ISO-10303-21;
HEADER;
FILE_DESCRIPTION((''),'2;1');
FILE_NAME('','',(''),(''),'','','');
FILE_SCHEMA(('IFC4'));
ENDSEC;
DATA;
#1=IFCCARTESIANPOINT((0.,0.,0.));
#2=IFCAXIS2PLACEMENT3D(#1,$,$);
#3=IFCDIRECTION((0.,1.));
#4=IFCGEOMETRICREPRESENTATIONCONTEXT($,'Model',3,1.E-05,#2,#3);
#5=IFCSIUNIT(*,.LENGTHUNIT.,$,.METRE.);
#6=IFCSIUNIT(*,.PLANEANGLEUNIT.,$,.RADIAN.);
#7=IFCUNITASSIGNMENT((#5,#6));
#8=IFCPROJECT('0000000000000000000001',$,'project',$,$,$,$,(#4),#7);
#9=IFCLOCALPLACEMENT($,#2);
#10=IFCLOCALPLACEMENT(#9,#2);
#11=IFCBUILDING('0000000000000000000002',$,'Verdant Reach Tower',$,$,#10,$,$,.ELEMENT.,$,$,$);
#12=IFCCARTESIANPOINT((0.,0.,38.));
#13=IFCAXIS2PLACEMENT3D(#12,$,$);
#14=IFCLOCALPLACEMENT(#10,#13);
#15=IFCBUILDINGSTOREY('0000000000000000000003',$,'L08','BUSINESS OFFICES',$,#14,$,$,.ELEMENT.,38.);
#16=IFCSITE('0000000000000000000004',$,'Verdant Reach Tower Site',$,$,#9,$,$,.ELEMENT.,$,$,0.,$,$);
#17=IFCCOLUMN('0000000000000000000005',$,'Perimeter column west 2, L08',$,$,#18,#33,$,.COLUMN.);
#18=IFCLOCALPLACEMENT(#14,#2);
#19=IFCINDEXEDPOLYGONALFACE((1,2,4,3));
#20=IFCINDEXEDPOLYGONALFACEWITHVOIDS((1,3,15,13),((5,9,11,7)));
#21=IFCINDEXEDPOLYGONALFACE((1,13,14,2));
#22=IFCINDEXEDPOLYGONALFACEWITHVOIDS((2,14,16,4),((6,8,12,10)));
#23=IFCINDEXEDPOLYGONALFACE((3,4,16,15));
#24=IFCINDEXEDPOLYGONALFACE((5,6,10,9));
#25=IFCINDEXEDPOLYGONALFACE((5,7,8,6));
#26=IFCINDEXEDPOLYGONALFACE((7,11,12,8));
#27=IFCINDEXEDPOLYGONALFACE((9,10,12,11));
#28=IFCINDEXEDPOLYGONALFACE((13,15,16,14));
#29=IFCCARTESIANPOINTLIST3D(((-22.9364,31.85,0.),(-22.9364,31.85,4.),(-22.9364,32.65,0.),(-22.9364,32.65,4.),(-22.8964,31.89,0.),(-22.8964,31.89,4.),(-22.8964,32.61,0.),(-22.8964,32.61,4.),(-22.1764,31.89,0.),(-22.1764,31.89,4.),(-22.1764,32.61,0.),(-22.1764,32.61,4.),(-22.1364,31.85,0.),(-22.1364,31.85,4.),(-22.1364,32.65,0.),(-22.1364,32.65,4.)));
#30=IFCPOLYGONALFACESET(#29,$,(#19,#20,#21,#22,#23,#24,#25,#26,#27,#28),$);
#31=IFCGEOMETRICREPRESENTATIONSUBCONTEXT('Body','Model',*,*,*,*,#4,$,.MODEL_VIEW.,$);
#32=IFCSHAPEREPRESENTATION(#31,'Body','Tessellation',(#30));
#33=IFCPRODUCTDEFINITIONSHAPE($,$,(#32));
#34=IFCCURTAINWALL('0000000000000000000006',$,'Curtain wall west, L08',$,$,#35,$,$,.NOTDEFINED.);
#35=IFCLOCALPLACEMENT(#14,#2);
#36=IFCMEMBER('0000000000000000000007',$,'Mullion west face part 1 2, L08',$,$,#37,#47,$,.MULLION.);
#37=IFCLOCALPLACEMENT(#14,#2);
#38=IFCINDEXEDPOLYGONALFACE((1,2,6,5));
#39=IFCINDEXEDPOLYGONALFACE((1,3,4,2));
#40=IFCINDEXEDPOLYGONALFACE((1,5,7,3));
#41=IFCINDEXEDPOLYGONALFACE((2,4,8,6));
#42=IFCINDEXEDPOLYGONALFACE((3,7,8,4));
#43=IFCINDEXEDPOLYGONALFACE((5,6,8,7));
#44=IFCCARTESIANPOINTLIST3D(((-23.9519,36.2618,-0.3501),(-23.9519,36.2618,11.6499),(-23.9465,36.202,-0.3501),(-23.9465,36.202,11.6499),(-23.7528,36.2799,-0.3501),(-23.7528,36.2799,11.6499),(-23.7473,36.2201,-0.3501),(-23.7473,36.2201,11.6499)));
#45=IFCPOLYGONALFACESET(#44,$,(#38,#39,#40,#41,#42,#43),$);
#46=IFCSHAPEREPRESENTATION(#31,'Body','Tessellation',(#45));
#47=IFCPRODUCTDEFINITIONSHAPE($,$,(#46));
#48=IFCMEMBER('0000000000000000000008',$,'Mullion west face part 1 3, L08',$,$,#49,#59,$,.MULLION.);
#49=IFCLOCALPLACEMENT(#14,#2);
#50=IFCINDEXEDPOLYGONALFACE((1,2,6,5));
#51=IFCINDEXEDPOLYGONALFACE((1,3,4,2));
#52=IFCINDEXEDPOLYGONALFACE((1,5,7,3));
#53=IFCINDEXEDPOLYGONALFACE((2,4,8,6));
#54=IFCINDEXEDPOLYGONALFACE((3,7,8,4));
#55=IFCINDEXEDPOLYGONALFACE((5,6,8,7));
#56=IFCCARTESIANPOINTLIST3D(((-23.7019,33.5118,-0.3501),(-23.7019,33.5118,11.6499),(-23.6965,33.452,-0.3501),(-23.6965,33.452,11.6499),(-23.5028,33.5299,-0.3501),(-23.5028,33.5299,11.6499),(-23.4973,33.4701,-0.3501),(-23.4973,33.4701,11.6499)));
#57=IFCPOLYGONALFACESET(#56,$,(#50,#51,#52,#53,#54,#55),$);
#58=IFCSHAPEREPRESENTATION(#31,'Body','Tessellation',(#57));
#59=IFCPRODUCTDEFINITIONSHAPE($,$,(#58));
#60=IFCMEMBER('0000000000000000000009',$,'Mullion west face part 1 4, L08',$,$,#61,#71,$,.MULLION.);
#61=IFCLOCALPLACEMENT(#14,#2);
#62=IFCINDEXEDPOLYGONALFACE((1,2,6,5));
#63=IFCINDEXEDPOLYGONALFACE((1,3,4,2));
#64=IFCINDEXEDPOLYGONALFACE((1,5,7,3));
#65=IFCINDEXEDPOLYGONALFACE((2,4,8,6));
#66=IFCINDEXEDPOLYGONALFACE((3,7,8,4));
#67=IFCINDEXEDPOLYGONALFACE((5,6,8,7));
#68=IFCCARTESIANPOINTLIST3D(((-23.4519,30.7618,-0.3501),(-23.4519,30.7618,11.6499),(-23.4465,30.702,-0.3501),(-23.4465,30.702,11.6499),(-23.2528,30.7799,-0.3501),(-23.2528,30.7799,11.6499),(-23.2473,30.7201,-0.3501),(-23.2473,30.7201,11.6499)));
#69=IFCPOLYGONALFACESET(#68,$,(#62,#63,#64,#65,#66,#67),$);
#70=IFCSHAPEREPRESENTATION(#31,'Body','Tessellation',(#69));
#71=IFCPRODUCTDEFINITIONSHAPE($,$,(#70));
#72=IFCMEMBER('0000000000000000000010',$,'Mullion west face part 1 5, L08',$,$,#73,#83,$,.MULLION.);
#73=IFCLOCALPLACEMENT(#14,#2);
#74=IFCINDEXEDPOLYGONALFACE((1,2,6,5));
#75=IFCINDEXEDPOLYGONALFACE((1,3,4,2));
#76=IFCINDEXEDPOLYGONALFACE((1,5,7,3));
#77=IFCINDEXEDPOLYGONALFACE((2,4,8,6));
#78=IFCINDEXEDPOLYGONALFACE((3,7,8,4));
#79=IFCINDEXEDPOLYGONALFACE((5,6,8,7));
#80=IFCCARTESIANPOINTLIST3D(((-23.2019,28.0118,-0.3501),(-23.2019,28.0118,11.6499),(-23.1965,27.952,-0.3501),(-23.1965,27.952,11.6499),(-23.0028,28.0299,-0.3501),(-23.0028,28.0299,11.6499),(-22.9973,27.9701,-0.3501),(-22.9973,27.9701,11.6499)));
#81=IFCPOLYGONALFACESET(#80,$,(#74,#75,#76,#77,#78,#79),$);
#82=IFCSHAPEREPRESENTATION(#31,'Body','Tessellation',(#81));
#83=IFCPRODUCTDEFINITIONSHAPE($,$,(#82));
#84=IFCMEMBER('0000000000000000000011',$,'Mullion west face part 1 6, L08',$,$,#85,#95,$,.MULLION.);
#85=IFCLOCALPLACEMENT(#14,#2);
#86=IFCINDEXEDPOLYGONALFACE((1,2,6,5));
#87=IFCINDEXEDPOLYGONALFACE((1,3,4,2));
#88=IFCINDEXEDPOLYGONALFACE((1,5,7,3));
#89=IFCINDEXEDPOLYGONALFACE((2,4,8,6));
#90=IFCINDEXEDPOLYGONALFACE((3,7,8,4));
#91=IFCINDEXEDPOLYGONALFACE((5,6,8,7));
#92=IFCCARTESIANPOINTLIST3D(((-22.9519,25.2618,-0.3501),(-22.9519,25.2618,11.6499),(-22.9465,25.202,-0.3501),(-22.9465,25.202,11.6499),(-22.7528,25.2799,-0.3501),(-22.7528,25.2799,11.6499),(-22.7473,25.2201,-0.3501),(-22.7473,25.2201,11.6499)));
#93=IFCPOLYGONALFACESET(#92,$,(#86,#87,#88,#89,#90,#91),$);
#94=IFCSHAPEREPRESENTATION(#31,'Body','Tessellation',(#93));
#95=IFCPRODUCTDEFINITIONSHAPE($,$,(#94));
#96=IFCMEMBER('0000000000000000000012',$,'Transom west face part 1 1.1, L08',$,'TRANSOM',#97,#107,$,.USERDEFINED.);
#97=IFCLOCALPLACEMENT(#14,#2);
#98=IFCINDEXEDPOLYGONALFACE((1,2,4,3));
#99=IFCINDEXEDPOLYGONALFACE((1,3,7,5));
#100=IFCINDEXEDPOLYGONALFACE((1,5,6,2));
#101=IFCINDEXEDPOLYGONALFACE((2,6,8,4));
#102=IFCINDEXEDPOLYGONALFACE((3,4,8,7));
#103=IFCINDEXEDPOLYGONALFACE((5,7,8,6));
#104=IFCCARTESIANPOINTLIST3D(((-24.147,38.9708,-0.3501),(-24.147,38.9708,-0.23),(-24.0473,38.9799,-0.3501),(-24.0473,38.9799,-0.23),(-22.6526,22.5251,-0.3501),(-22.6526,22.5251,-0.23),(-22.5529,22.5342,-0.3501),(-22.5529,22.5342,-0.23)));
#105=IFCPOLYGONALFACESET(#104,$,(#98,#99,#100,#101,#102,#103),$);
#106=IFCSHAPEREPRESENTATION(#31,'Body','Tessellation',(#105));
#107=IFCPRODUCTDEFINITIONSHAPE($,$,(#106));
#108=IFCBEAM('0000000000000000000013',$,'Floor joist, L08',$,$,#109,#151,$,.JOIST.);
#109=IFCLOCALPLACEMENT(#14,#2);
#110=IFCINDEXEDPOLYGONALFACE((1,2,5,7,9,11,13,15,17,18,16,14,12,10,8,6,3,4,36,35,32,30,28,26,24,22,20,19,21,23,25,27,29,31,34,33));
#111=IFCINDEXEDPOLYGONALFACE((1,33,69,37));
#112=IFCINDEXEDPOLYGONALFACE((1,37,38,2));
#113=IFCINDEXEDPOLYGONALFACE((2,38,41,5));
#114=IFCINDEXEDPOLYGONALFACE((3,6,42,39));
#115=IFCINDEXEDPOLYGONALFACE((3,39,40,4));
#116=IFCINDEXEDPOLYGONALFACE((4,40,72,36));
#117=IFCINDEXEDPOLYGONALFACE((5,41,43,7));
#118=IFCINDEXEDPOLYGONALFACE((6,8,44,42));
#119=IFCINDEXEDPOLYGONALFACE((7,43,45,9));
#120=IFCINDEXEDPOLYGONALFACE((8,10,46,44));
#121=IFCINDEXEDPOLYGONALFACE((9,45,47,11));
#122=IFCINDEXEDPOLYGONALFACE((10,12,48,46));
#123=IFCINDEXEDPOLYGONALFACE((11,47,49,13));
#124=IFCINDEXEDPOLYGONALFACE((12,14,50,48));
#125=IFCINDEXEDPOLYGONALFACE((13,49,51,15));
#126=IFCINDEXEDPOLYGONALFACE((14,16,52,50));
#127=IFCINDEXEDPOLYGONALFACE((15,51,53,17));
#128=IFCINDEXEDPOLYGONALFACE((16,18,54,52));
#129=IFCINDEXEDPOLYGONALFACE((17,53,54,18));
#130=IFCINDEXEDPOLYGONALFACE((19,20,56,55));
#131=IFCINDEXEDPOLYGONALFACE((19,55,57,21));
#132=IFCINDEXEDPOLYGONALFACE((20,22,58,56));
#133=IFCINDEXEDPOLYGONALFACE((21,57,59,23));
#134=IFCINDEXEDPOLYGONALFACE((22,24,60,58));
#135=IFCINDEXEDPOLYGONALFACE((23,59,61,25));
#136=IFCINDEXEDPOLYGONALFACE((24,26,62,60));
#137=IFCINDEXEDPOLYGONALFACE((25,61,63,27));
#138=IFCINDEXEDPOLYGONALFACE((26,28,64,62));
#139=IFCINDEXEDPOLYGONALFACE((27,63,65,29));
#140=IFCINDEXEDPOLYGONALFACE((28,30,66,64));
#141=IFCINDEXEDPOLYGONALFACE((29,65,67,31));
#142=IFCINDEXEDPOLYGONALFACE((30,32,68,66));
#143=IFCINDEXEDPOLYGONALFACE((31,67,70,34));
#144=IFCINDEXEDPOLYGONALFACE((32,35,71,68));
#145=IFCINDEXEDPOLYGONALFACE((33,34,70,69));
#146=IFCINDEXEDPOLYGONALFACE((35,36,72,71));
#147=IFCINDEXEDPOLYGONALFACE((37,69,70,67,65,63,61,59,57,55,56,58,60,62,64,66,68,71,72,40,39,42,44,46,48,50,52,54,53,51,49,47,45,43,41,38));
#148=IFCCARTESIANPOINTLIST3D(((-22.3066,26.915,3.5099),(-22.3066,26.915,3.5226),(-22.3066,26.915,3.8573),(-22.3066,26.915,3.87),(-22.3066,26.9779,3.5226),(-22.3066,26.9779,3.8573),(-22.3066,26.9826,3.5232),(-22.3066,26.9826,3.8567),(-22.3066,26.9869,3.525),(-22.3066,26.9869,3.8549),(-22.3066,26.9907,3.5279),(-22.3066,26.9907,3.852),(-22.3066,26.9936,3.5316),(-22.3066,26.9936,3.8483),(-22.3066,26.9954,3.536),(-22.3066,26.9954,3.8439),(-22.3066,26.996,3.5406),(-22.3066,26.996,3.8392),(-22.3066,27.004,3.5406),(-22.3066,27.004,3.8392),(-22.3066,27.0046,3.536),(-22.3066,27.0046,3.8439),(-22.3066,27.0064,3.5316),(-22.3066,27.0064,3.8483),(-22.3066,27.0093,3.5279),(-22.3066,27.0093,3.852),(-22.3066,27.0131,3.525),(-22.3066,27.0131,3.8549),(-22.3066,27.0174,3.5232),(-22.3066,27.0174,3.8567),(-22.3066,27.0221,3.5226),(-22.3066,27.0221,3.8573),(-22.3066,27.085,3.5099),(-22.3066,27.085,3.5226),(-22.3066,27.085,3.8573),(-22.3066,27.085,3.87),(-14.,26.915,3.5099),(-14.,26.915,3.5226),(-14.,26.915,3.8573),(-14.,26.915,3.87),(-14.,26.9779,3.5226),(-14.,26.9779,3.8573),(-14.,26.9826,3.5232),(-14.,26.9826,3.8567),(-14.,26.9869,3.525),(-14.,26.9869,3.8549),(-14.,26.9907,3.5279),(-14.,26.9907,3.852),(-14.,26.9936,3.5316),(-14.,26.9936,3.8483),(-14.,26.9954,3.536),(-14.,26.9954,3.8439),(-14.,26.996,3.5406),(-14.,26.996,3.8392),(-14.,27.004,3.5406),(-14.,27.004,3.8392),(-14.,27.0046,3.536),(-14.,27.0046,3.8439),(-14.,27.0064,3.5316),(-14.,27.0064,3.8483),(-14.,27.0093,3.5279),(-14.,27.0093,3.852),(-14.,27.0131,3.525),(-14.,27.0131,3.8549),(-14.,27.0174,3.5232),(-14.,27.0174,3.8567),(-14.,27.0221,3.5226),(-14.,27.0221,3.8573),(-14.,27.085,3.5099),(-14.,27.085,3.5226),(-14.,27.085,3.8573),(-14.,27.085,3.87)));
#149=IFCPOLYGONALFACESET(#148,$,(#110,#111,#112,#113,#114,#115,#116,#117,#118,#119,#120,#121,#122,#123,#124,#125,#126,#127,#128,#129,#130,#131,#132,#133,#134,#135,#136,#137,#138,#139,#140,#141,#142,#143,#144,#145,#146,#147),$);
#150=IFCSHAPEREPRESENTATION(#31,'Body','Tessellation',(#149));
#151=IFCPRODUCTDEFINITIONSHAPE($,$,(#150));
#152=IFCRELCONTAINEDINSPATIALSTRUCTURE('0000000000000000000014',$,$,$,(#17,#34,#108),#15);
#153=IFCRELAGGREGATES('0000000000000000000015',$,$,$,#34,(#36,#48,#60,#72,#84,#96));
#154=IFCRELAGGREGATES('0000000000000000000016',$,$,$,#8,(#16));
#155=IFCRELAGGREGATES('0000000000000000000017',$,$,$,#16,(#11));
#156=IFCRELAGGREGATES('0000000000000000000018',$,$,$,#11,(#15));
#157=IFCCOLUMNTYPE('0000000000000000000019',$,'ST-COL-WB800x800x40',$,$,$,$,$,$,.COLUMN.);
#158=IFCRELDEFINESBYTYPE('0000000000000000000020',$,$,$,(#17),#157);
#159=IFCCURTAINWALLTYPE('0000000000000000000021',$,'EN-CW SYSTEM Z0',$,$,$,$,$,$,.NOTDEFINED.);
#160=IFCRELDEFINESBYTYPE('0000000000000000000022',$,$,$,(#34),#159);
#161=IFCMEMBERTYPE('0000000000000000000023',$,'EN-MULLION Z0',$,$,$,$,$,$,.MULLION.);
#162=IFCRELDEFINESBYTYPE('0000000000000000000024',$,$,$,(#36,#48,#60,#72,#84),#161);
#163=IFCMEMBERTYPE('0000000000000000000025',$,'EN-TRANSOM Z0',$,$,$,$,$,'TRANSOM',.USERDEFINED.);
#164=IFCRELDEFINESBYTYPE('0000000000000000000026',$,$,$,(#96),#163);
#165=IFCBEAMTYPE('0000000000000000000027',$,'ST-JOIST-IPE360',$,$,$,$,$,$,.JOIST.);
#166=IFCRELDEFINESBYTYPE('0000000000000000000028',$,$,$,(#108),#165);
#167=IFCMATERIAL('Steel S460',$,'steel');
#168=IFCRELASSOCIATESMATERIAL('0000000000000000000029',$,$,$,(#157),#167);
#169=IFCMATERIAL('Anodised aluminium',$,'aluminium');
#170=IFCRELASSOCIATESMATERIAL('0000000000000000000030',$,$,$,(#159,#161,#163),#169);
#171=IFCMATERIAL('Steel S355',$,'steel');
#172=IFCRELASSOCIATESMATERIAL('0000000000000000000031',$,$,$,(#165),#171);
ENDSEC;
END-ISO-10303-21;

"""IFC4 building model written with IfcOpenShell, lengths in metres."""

from ifc_helpers import new_model, si_unit, direction, frame, origin, origin_2d, place, context, subcontext, project, spatial, rectangle, hollow_rectangle, i_section, extrude, material, material_profile, profile_set, type_object, element, aggregate, save


model = new_model("IFC4")

# Units and contexts
model_context = context("Model", 3, precision=1e-05, world=origin(), true_north=direction((0.0, 1.0)))
body_context = subcontext(model_context, "Body", "Model", "MODEL_VIEW")
ifc_project = project(units=[si_unit("LENGTHUNIT", "METRE"), si_unit("PLANEANGLEUNIT", "RADIAN")], contexts=[model_context])

# Site, building, storey
site_placement = place(None, origin())
site = spatial("IfcSite", under=ifc_project, at=site_placement, Name="Verdant Reach Tower Site", CompositionType="ELEMENT", RefElevation=0.0)
building_placement = place(site_placement, origin())
building = spatial("IfcBuilding", under=site, at=building_placement, Name="Verdant Reach Tower", CompositionType="ELEMENT")
storey_placement = place(building_placement, frame((0.0, 0.0, 38.0)))
storey = spatial("IfcBuildingStorey", under=building, at=storey_placement, Name="L08", Description="BUSINESS OFFICES", CompositionType="ELEMENT", Elevation=38.0)

# Column
ifc_material_1 = material(Name="Steel S460", Category="steel")
ifc_material_profile_1 = material_profile(ifc_material_1, hollow_rectangle(XDim=0.8, YDim=0.8, WallThickness=0.04, at=origin_2d()), Name="WB 800x800x40")
ifc_profile_set_1 = profile_set([ifc_material_profile_1], Name="Steel S460")
column_type = type_object("IfcColumnType", Name="ST-COL-WB800x800x40", PredefinedType="COLUMN", material=ifc_profile_set_1)
column_placement = place(storey_placement, frame((-22.5364, 32.25, 0.0), z_axis=(0.0, 0.0, 1.0), x_axis=(1.0, 0.0, 0.0)))
element("IfcColumn", 1, at=column_placement, inside=storey, type_object=column_type, Name="Perimeter column west 2, L08", PredefinedType="COLUMN", context=body_context, shape_type="SweptSolid", body=[
    extrude(hollow_rectangle(XDim=0.8, YDim=0.8, WallThickness=0.04, at=origin_2d()), origin(), (0.0, 0.0, 1.0), 4.0),
])

# Curtain wall, members
ifc_material_2 = material(Name="Anodised aluminium", Category="aluminium")
curtain_wall_type = type_object("IfcCurtainWallType", Name="EN-CW SYSTEM Z0", PredefinedType="NOTDEFINED", material=ifc_material_2)
curtain_wall_placement = place(storey_placement, origin())
curtain_wall = element("IfcCurtainWall", 2, at=curtain_wall_placement, inside=storey, type_object=curtain_wall_type, Name="Curtain wall west, L08", PredefinedType="NOTDEFINED")
ifc_material_profile_2 = material_profile(ifc_material_2, rectangle(XDim=0.2, YDim=0.0601, at=origin_2d()), Name="Mullion 60x200")
ifc_profile_set_2 = profile_set([ifc_material_profile_2], Name="Anodised aluminium")
member_type_1 = type_object("IfcMemberType", Name="EN-MULLION Z0", PredefinedType="MULLION", material=ifc_profile_set_2)
member_1_placement = place(storey_placement, frame((-23.8496, 36.241, -0.3501), z_axis=(0.0, 0.0, 1.0), x_axis=(-0.995893, -0.090536, 0.0)))
member_1 = element("IfcMember", 3, at=member_1_placement, type_object=member_type_1, Name="Mullion west face part 1 2, L08", PredefinedType="MULLION", context=body_context, shape_type="SweptSolid", body=[
    extrude(rectangle(XDim=0.2, YDim=0.0601, at=origin_2d()), origin(), (0.0, 0.0, 1.0), 12.0),
])
member_2_placement = place(storey_placement, frame((-23.5996, 33.491, -0.3501), z_axis=(0.0, 0.0, 1.0), x_axis=(-0.995893, -0.090536, 0.0)))
member_2 = element("IfcMember", 4, at=member_2_placement, type_object=member_type_1, Name="Mullion west face part 1 3, L08", PredefinedType="MULLION", context=body_context, shape_type="SweptSolid", body=[
    extrude(rectangle(XDim=0.2, YDim=0.0601, at=origin_2d()), origin(), (0.0, 0.0, 1.0), 12.0),
])
member_3_placement = place(storey_placement, frame((-23.3496, 30.741, -0.3501), z_axis=(0.0, 0.0, 1.0), x_axis=(-0.995893, -0.090536, 0.0)))
member_3 = element("IfcMember", 5, at=member_3_placement, type_object=member_type_1, Name="Mullion west face part 1 4, L08", PredefinedType="MULLION", context=body_context, shape_type="SweptSolid", body=[
    extrude(rectangle(XDim=0.2, YDim=0.0601, at=origin_2d()), origin(), (0.0, 0.0, 1.0), 12.0),
])
member_4_placement = place(storey_placement, frame((-23.0996, 27.991, -0.3501), z_axis=(0.0, 0.0, 1.0), x_axis=(-0.995893, -0.090536, 0.0)))
member_4 = element("IfcMember", 6, at=member_4_placement, type_object=member_type_1, Name="Mullion west face part 1 5, L08", PredefinedType="MULLION", context=body_context, shape_type="SweptSolid", body=[
    extrude(rectangle(XDim=0.2, YDim=0.0601, at=origin_2d()), origin(), (0.0, 0.0, 1.0), 12.0),
])
member_5_placement = place(storey_placement, frame((-22.8496, 25.241, -0.3501), z_axis=(0.0, 0.0, 1.0), x_axis=(-0.995893, -0.090536, 0.0)))
member_5 = element("IfcMember", 7, at=member_5_placement, type_object=member_type_1, Name="Mullion west face part 1 6, L08", PredefinedType="MULLION", context=body_context, shape_type="SweptSolid", body=[
    extrude(rectangle(XDim=0.2, YDim=0.0601, at=origin_2d()), origin(), (0.0, 0.0, 1.0), 12.0),
])
ifc_material_profile_3 = material_profile(ifc_material_2, rectangle(XDim=0.1001, YDim=0.1201, at=origin_2d()), Name="Transom 120x100")
ifc_profile_set_3 = profile_set([ifc_material_profile_3], Name="Anodised aluminium")
member_type_2 = type_object("IfcMemberType", Name="EN-TRANSOM Z0", ElementType="TRANSOM", PredefinedType="USERDEFINED", material=ifc_profile_set_3)
member_6_placement = place(storey_placement, frame((-24.0972, 38.9753, -0.29), z_axis=(0.090496, -0.995897, 0.0), x_axis=(0.995897, 0.090496, 0.0)))
member_6 = element("IfcMember", 8, at=member_6_placement, type_object=member_type_2, Name="Transom west face part 1 1.1, L08", ObjectType="TRANSOM", PredefinedType="USERDEFINED", context=body_context, shape_type="SweptSolid", body=[
    extrude(rectangle(XDim=0.1001, YDim=0.1201, at=origin_2d()), origin(), (0.0, 0.0, 1.0), 16.5134),
])

# Beam
ifc_material_3 = material(Name="Steel S355", Category="steel")
ifc_material_profile_4 = material_profile(ifc_material_3, i_section(OverallWidth=0.1699, OverallDepth=0.3601, WebThickness=0.0081, FlangeThickness=0.0127, FilletRadius=0.0181, at=origin_2d()), Name="IPE 360")
ifc_profile_set_4 = profile_set([ifc_material_profile_4], Name="Steel S355")
beam_type_1 = type_object("IfcBeamType", Name="ST-JOIST-IPE360", PredefinedType="JOIST", material=ifc_profile_set_4)
beam_1_placement = place(storey_placement, frame((-14.0, 27.0, 3.6899), z_axis=(-1.0, 0.0, 0.0), x_axis=(0.0, -1.0, 0.0)))
element("IfcBeam", 9, at=beam_1_placement, inside=storey, type_object=beam_type_1, Name="Floor joist, L08", PredefinedType="JOIST", context=body_context, shape_type="SweptSolid", body=[
    extrude(i_section(OverallWidth=0.1699, OverallDepth=0.3601, WebThickness=0.0081, FlangeThickness=0.0127, FilletRadius=0.0181, at=origin_2d()), origin(), (0.0, 0.0, 1.0), 8.3066),
])

aggregate(curtain_wall, [member_1, member_2, member_3, member_4, member_5, member_6])

save(model, "model.ifc")
